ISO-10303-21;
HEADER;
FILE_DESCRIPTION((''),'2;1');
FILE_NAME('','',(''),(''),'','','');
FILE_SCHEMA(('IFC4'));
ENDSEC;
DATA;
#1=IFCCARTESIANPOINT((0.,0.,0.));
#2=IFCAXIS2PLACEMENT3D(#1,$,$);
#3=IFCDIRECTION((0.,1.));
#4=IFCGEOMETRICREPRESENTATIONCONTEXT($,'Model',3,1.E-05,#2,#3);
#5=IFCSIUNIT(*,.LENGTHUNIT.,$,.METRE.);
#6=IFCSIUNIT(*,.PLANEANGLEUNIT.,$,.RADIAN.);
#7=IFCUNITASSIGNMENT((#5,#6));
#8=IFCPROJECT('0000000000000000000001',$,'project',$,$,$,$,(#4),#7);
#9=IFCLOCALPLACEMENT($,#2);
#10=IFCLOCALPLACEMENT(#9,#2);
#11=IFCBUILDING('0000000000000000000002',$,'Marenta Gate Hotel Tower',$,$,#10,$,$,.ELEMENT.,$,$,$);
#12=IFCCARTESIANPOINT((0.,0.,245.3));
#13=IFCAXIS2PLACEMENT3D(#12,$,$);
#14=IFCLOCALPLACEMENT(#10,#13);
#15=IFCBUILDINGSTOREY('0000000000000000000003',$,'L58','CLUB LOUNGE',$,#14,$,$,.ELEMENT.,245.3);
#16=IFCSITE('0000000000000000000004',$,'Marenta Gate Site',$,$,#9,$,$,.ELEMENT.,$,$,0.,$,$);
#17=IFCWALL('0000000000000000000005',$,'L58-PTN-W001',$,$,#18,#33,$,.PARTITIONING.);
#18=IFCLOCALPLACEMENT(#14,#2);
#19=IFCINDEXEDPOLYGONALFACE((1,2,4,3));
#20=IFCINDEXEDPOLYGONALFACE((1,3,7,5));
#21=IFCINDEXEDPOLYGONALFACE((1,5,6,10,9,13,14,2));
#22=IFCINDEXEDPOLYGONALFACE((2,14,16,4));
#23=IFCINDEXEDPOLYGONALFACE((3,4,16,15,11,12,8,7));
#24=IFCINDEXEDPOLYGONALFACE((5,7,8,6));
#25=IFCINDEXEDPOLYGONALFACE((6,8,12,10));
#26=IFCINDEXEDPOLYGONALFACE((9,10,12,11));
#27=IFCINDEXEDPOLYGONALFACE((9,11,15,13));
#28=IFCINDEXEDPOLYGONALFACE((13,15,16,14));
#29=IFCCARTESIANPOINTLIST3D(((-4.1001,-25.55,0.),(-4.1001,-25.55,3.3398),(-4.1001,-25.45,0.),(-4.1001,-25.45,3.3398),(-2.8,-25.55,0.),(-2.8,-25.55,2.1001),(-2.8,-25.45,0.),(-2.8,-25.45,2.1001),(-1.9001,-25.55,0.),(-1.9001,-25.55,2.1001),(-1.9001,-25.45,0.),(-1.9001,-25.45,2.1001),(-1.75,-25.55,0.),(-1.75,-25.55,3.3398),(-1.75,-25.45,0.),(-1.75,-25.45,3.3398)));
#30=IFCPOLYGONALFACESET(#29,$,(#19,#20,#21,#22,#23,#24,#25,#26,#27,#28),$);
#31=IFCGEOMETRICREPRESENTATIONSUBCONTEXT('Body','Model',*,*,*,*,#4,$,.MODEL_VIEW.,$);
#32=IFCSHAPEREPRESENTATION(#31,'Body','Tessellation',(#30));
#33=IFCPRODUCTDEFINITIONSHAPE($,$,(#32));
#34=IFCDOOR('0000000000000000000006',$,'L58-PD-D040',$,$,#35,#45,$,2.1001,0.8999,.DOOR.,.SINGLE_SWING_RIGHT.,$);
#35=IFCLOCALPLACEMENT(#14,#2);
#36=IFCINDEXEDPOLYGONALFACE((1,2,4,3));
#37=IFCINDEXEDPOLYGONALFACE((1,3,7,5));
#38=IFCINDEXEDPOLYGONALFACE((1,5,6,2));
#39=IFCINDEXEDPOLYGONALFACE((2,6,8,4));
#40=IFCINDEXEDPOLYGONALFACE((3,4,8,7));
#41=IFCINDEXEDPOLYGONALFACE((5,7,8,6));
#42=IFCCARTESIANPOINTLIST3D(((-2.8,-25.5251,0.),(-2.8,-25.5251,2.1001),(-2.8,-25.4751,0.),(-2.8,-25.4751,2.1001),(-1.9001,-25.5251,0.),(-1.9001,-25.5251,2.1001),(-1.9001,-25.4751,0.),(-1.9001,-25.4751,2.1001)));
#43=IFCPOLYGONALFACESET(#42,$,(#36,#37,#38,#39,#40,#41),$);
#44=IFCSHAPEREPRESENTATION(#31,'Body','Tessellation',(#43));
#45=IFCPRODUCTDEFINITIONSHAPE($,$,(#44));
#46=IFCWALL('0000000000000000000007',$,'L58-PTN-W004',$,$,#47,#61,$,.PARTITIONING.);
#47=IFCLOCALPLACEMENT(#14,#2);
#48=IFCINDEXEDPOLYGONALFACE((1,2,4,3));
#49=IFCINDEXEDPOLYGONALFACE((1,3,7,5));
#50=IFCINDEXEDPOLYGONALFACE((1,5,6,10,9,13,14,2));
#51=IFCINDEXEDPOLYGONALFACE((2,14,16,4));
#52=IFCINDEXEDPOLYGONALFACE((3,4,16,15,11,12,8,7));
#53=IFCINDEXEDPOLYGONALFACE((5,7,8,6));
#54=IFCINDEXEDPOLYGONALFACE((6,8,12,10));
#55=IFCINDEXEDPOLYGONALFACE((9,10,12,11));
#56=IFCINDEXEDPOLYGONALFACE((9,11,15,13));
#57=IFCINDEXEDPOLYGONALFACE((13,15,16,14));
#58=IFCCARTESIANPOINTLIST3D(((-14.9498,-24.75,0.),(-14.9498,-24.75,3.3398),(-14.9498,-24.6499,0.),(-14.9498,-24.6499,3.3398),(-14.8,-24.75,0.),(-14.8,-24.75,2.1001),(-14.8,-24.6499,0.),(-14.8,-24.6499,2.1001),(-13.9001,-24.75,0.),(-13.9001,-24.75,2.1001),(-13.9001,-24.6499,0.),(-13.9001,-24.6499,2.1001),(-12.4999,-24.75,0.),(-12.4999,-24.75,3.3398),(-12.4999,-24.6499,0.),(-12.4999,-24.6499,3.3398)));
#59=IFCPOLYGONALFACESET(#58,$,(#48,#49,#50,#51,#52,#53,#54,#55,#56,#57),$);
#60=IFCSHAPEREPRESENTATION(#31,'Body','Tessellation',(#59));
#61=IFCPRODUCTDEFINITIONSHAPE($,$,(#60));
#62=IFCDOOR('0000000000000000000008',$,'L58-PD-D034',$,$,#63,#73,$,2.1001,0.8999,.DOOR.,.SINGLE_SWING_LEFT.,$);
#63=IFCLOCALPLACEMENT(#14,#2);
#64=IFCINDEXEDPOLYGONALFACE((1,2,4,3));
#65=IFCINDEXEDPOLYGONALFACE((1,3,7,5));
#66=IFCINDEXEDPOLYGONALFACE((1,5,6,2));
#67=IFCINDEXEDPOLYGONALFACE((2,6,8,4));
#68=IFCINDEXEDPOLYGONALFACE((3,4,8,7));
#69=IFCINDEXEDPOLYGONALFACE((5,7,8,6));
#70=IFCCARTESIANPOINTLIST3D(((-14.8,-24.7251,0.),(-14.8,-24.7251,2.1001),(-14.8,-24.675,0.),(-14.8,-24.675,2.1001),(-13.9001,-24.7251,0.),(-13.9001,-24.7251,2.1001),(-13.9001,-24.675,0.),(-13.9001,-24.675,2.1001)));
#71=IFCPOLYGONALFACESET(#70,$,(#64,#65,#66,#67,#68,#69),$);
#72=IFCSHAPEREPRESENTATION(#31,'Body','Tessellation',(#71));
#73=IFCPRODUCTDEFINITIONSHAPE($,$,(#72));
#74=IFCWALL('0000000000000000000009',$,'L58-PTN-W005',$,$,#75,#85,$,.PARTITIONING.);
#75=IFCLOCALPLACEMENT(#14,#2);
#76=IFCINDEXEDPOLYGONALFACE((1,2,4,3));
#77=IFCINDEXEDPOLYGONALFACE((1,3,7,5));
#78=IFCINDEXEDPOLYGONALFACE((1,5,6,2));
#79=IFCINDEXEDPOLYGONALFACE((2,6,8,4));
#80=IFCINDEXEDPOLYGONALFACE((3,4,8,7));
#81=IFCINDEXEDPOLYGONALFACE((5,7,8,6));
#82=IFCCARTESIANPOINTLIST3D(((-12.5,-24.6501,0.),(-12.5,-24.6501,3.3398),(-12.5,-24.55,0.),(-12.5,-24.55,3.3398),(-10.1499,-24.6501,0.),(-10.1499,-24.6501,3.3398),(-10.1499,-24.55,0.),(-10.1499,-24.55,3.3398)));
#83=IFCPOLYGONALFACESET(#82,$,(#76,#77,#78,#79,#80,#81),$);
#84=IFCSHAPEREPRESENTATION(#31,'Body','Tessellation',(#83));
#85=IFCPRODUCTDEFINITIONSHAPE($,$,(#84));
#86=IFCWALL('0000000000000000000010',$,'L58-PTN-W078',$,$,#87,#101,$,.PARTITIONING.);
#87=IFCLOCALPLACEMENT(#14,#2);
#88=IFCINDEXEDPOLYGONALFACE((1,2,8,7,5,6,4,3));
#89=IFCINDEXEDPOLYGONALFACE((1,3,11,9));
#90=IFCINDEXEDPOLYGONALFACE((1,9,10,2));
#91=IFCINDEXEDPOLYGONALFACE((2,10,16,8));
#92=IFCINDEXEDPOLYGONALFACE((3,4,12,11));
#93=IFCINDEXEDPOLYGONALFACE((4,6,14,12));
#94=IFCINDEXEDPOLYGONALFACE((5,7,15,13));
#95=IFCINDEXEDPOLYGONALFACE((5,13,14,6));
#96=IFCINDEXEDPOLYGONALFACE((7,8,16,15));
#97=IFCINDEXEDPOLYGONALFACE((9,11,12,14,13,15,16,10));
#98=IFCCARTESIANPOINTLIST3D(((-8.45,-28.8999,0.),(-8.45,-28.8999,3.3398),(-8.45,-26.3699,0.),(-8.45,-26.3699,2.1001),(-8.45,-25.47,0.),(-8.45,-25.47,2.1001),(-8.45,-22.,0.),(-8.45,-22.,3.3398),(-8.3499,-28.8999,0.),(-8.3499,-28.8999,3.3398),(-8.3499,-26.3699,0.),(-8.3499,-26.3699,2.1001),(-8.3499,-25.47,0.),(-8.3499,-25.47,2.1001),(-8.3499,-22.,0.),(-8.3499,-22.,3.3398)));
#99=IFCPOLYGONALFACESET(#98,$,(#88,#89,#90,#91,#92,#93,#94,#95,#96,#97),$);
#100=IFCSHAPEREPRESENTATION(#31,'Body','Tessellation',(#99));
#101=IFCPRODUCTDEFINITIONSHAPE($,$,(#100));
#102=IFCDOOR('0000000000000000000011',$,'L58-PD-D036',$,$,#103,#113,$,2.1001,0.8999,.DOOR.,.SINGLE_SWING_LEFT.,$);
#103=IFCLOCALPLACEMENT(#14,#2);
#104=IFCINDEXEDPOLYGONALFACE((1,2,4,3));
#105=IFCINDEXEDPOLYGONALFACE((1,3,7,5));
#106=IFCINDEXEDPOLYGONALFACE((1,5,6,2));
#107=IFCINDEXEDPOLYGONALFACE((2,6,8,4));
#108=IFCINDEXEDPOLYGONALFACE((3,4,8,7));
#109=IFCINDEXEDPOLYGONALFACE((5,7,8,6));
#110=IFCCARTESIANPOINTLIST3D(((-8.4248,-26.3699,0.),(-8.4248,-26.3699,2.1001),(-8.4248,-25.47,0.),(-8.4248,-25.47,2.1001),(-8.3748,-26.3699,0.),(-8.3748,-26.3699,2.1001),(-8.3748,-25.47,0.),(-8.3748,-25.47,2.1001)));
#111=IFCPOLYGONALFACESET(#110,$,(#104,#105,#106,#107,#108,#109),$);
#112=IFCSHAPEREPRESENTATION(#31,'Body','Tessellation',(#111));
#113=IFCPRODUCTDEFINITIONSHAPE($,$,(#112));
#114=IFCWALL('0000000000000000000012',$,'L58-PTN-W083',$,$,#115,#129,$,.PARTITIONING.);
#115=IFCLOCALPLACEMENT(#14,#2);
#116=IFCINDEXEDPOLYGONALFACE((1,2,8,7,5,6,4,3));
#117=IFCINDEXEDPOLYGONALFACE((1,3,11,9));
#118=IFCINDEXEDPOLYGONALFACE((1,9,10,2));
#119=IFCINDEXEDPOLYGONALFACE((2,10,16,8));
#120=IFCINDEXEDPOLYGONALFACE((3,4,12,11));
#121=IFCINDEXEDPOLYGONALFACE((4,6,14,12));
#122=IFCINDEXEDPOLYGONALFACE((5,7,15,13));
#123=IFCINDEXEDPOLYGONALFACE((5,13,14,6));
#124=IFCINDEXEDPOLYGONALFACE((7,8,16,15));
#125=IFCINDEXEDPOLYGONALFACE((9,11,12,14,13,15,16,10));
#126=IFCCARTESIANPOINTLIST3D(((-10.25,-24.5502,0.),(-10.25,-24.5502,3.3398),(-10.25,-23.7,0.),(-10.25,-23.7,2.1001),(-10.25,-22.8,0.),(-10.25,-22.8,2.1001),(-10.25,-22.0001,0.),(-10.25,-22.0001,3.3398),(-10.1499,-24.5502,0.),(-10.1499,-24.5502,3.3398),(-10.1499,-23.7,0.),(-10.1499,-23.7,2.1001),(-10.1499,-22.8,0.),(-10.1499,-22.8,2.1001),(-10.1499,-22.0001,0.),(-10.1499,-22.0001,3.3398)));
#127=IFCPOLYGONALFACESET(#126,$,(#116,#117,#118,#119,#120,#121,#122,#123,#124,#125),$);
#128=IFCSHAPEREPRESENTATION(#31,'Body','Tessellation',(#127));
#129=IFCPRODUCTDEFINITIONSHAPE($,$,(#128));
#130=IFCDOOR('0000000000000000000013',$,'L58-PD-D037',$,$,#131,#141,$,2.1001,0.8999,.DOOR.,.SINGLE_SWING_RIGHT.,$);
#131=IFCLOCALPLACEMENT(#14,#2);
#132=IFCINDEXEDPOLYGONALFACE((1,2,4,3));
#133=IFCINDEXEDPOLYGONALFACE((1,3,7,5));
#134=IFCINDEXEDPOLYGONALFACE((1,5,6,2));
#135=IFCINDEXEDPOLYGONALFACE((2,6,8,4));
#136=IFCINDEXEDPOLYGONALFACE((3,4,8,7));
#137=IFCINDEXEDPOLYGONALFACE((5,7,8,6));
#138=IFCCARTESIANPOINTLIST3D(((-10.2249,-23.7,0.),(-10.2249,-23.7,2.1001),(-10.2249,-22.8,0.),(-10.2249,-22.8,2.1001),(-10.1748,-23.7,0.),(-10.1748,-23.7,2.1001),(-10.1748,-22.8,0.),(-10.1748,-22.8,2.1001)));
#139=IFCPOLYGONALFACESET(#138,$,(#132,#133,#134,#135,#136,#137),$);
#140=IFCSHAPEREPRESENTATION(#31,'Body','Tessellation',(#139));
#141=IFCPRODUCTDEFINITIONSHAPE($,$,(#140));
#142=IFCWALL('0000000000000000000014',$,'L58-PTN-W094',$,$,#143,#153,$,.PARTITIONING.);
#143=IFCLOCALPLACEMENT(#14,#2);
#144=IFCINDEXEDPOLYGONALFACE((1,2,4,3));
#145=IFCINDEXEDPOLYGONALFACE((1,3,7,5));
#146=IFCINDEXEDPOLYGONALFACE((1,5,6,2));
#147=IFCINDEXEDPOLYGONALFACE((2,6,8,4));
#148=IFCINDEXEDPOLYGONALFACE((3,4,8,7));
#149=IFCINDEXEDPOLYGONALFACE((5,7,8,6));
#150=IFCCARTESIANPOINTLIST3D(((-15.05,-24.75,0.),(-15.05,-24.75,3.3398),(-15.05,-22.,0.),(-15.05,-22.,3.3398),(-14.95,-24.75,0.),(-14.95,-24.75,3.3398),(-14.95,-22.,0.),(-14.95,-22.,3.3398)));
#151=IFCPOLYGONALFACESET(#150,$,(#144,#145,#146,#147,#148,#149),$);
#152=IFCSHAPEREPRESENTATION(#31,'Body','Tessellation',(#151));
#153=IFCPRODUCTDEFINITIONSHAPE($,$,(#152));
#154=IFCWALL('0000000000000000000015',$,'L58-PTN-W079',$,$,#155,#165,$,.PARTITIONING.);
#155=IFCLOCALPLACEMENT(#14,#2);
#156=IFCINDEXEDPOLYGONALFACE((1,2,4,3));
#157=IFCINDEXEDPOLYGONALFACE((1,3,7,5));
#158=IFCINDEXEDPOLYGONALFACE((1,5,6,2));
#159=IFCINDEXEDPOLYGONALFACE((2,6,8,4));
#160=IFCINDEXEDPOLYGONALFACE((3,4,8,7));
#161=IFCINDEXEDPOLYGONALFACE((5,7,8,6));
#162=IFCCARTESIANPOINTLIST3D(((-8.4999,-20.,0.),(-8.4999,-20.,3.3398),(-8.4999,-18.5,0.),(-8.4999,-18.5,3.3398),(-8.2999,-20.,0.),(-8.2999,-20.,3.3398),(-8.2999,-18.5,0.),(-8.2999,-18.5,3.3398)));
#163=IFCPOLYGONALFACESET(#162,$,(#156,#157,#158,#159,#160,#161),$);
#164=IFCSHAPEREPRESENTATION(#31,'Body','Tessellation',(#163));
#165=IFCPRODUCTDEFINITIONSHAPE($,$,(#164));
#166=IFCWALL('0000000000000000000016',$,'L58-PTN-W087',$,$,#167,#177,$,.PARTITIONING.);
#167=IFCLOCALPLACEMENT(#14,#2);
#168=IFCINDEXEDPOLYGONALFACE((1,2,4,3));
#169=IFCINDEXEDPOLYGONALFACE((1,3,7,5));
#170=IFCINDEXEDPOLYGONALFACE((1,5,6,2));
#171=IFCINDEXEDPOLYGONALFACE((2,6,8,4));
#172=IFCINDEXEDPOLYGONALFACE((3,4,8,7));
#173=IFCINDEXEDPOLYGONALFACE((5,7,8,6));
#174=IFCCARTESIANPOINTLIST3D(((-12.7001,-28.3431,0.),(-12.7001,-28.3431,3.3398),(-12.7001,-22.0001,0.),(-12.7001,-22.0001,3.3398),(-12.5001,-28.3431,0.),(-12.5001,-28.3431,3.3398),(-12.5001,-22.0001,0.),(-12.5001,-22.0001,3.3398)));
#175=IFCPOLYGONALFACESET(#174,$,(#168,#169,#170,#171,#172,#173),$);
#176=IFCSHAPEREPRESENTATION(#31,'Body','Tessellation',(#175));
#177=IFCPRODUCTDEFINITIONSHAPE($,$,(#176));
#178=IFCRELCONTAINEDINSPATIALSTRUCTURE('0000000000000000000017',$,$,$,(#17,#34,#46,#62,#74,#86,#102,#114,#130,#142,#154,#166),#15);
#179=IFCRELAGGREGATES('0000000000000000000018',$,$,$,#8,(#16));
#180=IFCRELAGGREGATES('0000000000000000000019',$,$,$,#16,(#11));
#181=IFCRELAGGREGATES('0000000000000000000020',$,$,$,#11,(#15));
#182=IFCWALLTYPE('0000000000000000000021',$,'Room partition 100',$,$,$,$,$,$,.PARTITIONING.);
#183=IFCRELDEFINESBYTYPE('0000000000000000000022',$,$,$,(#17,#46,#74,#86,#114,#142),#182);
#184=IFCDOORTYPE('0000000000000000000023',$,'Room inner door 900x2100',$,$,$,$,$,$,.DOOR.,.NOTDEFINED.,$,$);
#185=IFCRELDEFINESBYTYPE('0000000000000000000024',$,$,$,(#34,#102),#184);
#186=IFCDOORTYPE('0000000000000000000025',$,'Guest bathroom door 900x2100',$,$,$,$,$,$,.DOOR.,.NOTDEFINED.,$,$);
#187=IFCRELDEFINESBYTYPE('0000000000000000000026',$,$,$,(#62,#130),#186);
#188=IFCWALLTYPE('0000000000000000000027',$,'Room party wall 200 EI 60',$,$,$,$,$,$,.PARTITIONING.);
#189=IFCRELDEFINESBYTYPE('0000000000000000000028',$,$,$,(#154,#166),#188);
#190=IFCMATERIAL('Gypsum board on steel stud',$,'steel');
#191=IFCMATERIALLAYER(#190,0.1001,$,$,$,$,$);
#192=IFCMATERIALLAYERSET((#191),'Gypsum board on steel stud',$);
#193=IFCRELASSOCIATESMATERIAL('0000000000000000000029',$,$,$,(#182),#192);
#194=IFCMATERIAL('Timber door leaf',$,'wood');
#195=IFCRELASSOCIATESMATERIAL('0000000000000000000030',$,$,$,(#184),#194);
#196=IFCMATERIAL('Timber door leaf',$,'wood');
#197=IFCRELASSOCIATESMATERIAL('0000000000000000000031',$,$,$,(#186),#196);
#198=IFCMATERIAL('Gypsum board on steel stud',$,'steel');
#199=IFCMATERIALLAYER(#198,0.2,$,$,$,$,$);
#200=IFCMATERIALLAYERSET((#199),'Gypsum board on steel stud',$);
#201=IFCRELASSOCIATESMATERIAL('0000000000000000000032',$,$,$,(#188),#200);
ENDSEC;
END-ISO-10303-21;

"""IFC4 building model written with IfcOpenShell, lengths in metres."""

from ifc_helpers import new_model, si_unit, direction, frame, frame_2d, origin, place, context, subcontext, project, spatial, rectangle, extrude, material, layer, layer_set, type_object, element, fill, save


model = new_model("IFC4")

# Units and contexts
model_context = context("Model", 3, precision=1e-05, world=origin(), true_north=direction((0.0, 1.0)))
body_context = subcontext(model_context, "Body", "Model", "MODEL_VIEW")
ifc_project = project(units=[si_unit("LENGTHUNIT", "METRE"), si_unit("PLANEANGLEUNIT", "RADIAN")], contexts=[model_context])

# Site, building, storey
site_placement = place(None, origin())
site = spatial("IfcSite", under=ifc_project, at=site_placement, Name="Marenta Gate Site", CompositionType="ELEMENT", RefElevation=0.0)
building_placement = place(site_placement, origin())
building = spatial("IfcBuilding", under=site, at=building_placement, Name="Marenta Gate Hotel Tower", CompositionType="ELEMENT")
storey_placement = place(building_placement, frame((0.0, 0.0, 245.3)))
storey = spatial("IfcBuildingStorey", under=building, at=storey_placement, Name="L58", Description="CLUB LOUNGE", CompositionType="ELEMENT", Elevation=245.3)

# Walls, openings, doors
ifc_material_1 = material(Name="Gypsum board on steel stud", Category="steel")
ifc_layer_1 = layer(ifc_material_1, 0.1001)
ifc_layer_set_1 = layer_set([ifc_layer_1], Name="Gypsum board on steel stud")
wall_type_1 = type_object("IfcWallType", Name="Room partition 100", PredefinedType="PARTITIONING", material=ifc_layer_set_1)
wall_1_placement = place(storey_placement, frame((-4.1001, -25.5, 0.0), z_axis=(0.0, 0.0, 1.0), x_axis=(1.0, 0.0, 0.0)))
wall_1 = element("IfcWall", 1, at=wall_1_placement, inside=storey, type_object=wall_type_1, Name="L58-PTN-W001", PredefinedType="PARTITIONING", context=body_context, shape_type="SweptSolid", body=[
    extrude(rectangle(XDim=2.3501, YDim=0.1001, at=frame_2d((1.175, 0.0))), origin(), (0.0, 0.0, 1.0), 3.3398),
])
opening_1_placement = place(wall_1_placement, frame((1.3, 0.0, 0.0)))
opening_1 = element("IfcOpeningElement", 2, at=opening_1_placement, cuts=wall_1, PredefinedType="OPENING", context=body_context, shape_type="SweptSolid", body=[
    extrude(rectangle(XDim=0.8999, YDim=2.1001, at=frame_2d((0.45, 1.05))), frame((0.0, 0.05, 0.0), z_axis=(0.0, -1.0, 0.0), x_axis=(1.0, 0.0, 0.0)), (0.0, 0.0, 1.0), 0.1001),
])
ifc_material_2 = material(Name="Timber door leaf", Category="wood")
door_type_1 = type_object("IfcDoorType", Name="Room inner door 900x2100", OperationType="NOTDEFINED", PredefinedType="DOOR", material=ifc_material_2)
door_1_placement = place(opening_1_placement, origin())
door_1 = element("IfcDoor", 3, at=door_1_placement, inside=storey, type_object=door_type_1, Name="L58-PD-D040", OperationType="SINGLE_SWING_RIGHT", OverallHeight=2.1001, OverallWidth=0.8999, PredefinedType="DOOR", context=body_context, shape_type="SweptSolid", body=[
    extrude(rectangle(XDim=0.8999, YDim=2.1001, at=frame_2d((0.45, 1.05))), frame((0.0, 0.0249, 0.0), z_axis=(0.0, -1.0, 0.0), x_axis=(1.0, 0.0, 0.0)), (0.0, 0.0, 1.0), 0.05),
])
fill(opening_1, door_1)
wall_2_placement = place(storey_placement, frame((-14.95, -24.7, 0.0), z_axis=(0.0, 0.0, 1.0), x_axis=(1.0, 0.0, 0.0)))
wall_2 = element("IfcWall", 4, at=wall_2_placement, inside=storey, type_object=wall_type_1, Name="L58-PTN-W004", PredefinedType="PARTITIONING", context=body_context, shape_type="SweptSolid", body=[
    extrude(rectangle(XDim=2.45, YDim=0.1001, at=frame_2d((1.2251, 0.0))), origin(), (0.0, 0.0, 1.0), 3.3398),
])
opening_2_placement = place(wall_2_placement, frame((0.1499, 0.0, 0.0)))
opening_2 = element("IfcOpeningElement", 5, at=opening_2_placement, cuts=wall_2, PredefinedType="OPENING", context=body_context, shape_type="SweptSolid", body=[
    extrude(rectangle(XDim=0.8999, YDim=2.1001, at=frame_2d((0.45, 1.05))), frame((0.0, 0.05, 0.0), z_axis=(0.0, -1.0, 0.0), x_axis=(1.0, 0.0, 0.0)), (0.0, 0.0, 1.0), 0.1001),
])
ifc_material_3 = material(Name="Timber door leaf", Category="wood")
door_type_2 = type_object("IfcDoorType", Name="Guest bathroom door 900x2100", OperationType="NOTDEFINED", PredefinedType="DOOR", material=ifc_material_3)
door_2_placement = place(opening_2_placement, origin())
door_2 = element("IfcDoor", 6, at=door_2_placement, inside=storey, type_object=door_type_2, Name="L58-PD-D034", OperationType="SINGLE_SWING_LEFT", OverallHeight=2.1001, OverallWidth=0.8999, PredefinedType="DOOR", context=body_context, shape_type="SweptSolid", body=[
    extrude(rectangle(XDim=0.8999, YDim=2.1001, at=frame_2d((0.45, 1.05))), frame((0.0, 0.0249, 0.0), z_axis=(0.0, -1.0, 0.0), x_axis=(1.0, 0.0, 0.0)), (0.0, 0.0, 1.0), 0.05),
])
fill(opening_2, door_2)

# Wall
wall_3_placement = place(storey_placement, frame((-12.5, -24.6001, 0.0), z_axis=(0.0, 0.0, 1.0), x_axis=(1.0, 0.0, 0.0)))
element("IfcWall", 7, at=wall_3_placement, inside=storey, type_object=wall_type_1, Name="L58-PTN-W005", PredefinedType="PARTITIONING", context=body_context, shape_type="SweptSolid", body=[
    extrude(rectangle(XDim=2.3501, YDim=0.1001, at=frame_2d((1.175, 0.0))), origin(), (0.0, 0.0, 1.0), 3.3398),
])

# Walls, openings, doors
wall_4_placement = place(storey_placement, frame((-8.3999, -28.8999, 0.0), z_axis=(0.0, 0.0, 1.0), x_axis=(0.0, 1.0, 0.0)))
wall_4 = element("IfcWall", 8, at=wall_4_placement, inside=storey, type_object=wall_type_1, Name="L58-PTN-W078", PredefinedType="PARTITIONING", context=body_context, shape_type="SweptSolid", body=[
    extrude(rectangle(XDim=6.8999, YDim=0.1001, at=frame_2d((3.45, 0.0))), origin(), (0.0, 0.0, 1.0), 3.3398),
])
opening_3_placement = place(wall_4_placement, frame((2.53, 0.0, 0.0)))
opening_3 = element("IfcOpeningElement", 9, at=opening_3_placement, cuts=wall_4, PredefinedType="OPENING", context=body_context, shape_type="SweptSolid", body=[
    extrude(rectangle(XDim=0.8999, YDim=2.1001, at=frame_2d((0.45, 1.05))), frame((0.0, 0.05, 0.0), z_axis=(0.0, -1.0, 0.0), x_axis=(1.0, 0.0, 0.0)), (0.0, 0.0, 1.0), 0.1001),
])
door_3_placement = place(opening_3_placement, origin())
door_3 = element("IfcDoor", 10, at=door_3_placement, inside=storey, type_object=door_type_1, Name="L58-PD-D036", OperationType="SINGLE_SWING_LEFT", OverallHeight=2.1001, OverallWidth=0.8999, PredefinedType="DOOR", context=body_context, shape_type="SweptSolid", body=[
    extrude(rectangle(XDim=0.8999, YDim=2.1001, at=frame_2d((0.45, 1.05))), frame((0.0, 0.0249, 0.0), z_axis=(0.0, -1.0, 0.0), x_axis=(1.0, 0.0, 0.0)), (0.0, 0.0, 1.0), 0.05),
])
fill(opening_3, door_3)
wall_5_placement = place(storey_placement, frame((-10.2, -24.55, 0.0), z_axis=(0.0, 0.0, 1.0), x_axis=(0.0, 1.0, 0.0)))
wall_5 = element("IfcWall", 11, at=wall_5_placement, inside=storey, type_object=wall_type_1, Name="L58-PTN-W083", PredefinedType="PARTITIONING", context=body_context, shape_type="SweptSolid", body=[
    extrude(rectangle(XDim=2.55, YDim=0.1001, at=frame_2d((1.2749, 0.0))), origin(), (0.0, 0.0, 1.0), 3.3398),
])
opening_4_placement = place(wall_5_placement, frame((0.8501, 0.0, 0.0)))
opening_4 = element("IfcOpeningElement", 12, at=opening_4_placement, cuts=wall_5, PredefinedType="OPENING", context=body_context, shape_type="SweptSolid", body=[
    extrude(rectangle(XDim=0.8999, YDim=2.1001, at=frame_2d((0.45, 1.05))), frame((0.0, 0.05, 0.0), z_axis=(0.0, -1.0, 0.0), x_axis=(1.0, 0.0, 0.0)), (0.0, 0.0, 1.0), 0.1001),
])
door_4_placement = place(opening_4_placement, origin())
door_4 = element("IfcDoor", 13, at=door_4_placement, inside=storey, type_object=door_type_2, Name="L58-PD-D037", OperationType="SINGLE_SWING_RIGHT", OverallHeight=2.1001, OverallWidth=0.8999, PredefinedType="DOOR", context=body_context, shape_type="SweptSolid", body=[
    extrude(rectangle(XDim=0.8999, YDim=2.1001, at=frame_2d((0.45, 1.05))), frame((0.0, 0.0249, 0.0), z_axis=(0.0, -1.0, 0.0), x_axis=(1.0, 0.0, 0.0)), (0.0, 0.0, 1.0), 0.05),
])
fill(opening_4, door_4)

# Walls
wall_6_placement = place(storey_placement, frame((-15.0, -24.75, 0.0), z_axis=(0.0, 0.0, 1.0), x_axis=(0.0, 1.0, 0.0)))
element("IfcWall", 14, at=wall_6_placement, inside=storey, type_object=wall_type_1, Name="L58-PTN-W094", PredefinedType="PARTITIONING", context=body_context, shape_type="SweptSolid", body=[
    extrude(rectangle(XDim=2.75, YDim=0.1001, at=frame_2d((1.375, 0.0))), origin(), (0.0, 0.0, 1.0), 3.3398),
])
ifc_material_4 = material(Name="Gypsum board on steel stud", Category="steel")
ifc_layer_2 = layer(ifc_material_4, 0.2)
ifc_layer_set_2 = layer_set([ifc_layer_2], Name="Gypsum board on steel stud")
wall_type_2 = type_object("IfcWallType", Name="Room party wall 200 EI 60", PredefinedType="PARTITIONING", material=ifc_layer_set_2)
wall_7_placement = place(storey_placement, frame((-8.3999, -20.0, 0.0), z_axis=(0.0, 0.0, 1.0), x_axis=(0.0, 1.0, 0.0)))
element("IfcWall", 15, at=wall_7_placement, inside=storey, type_object=wall_type_2, Name="L58-PTN-W079", PredefinedType="PARTITIONING", context=body_context, shape_type="SweptSolid", body=[
    extrude(rectangle(XDim=1.5, YDim=0.2, at=frame_2d((0.75, 0.0))), origin(), (0.0, 0.0, 1.0), 3.3398),
])
wall_8_placement = place(storey_placement, frame((-12.6001, -28.343, 0.0), z_axis=(0.0, 0.0, 1.0), x_axis=(0.0, 1.0, 0.0)))
element("IfcWall", 16, at=wall_8_placement, inside=storey, type_object=wall_type_2, Name="L58-PTN-W087", PredefinedType="PARTITIONING", context=body_context, shape_type="SweptSolid", body=[
    extrude(rectangle(XDim=6.343, YDim=0.2, at=frame_2d((3.1714, 0.0))), origin(), (0.0, 0.0, 1.0), 3.3398),
])

save(model, "model.ifc")
